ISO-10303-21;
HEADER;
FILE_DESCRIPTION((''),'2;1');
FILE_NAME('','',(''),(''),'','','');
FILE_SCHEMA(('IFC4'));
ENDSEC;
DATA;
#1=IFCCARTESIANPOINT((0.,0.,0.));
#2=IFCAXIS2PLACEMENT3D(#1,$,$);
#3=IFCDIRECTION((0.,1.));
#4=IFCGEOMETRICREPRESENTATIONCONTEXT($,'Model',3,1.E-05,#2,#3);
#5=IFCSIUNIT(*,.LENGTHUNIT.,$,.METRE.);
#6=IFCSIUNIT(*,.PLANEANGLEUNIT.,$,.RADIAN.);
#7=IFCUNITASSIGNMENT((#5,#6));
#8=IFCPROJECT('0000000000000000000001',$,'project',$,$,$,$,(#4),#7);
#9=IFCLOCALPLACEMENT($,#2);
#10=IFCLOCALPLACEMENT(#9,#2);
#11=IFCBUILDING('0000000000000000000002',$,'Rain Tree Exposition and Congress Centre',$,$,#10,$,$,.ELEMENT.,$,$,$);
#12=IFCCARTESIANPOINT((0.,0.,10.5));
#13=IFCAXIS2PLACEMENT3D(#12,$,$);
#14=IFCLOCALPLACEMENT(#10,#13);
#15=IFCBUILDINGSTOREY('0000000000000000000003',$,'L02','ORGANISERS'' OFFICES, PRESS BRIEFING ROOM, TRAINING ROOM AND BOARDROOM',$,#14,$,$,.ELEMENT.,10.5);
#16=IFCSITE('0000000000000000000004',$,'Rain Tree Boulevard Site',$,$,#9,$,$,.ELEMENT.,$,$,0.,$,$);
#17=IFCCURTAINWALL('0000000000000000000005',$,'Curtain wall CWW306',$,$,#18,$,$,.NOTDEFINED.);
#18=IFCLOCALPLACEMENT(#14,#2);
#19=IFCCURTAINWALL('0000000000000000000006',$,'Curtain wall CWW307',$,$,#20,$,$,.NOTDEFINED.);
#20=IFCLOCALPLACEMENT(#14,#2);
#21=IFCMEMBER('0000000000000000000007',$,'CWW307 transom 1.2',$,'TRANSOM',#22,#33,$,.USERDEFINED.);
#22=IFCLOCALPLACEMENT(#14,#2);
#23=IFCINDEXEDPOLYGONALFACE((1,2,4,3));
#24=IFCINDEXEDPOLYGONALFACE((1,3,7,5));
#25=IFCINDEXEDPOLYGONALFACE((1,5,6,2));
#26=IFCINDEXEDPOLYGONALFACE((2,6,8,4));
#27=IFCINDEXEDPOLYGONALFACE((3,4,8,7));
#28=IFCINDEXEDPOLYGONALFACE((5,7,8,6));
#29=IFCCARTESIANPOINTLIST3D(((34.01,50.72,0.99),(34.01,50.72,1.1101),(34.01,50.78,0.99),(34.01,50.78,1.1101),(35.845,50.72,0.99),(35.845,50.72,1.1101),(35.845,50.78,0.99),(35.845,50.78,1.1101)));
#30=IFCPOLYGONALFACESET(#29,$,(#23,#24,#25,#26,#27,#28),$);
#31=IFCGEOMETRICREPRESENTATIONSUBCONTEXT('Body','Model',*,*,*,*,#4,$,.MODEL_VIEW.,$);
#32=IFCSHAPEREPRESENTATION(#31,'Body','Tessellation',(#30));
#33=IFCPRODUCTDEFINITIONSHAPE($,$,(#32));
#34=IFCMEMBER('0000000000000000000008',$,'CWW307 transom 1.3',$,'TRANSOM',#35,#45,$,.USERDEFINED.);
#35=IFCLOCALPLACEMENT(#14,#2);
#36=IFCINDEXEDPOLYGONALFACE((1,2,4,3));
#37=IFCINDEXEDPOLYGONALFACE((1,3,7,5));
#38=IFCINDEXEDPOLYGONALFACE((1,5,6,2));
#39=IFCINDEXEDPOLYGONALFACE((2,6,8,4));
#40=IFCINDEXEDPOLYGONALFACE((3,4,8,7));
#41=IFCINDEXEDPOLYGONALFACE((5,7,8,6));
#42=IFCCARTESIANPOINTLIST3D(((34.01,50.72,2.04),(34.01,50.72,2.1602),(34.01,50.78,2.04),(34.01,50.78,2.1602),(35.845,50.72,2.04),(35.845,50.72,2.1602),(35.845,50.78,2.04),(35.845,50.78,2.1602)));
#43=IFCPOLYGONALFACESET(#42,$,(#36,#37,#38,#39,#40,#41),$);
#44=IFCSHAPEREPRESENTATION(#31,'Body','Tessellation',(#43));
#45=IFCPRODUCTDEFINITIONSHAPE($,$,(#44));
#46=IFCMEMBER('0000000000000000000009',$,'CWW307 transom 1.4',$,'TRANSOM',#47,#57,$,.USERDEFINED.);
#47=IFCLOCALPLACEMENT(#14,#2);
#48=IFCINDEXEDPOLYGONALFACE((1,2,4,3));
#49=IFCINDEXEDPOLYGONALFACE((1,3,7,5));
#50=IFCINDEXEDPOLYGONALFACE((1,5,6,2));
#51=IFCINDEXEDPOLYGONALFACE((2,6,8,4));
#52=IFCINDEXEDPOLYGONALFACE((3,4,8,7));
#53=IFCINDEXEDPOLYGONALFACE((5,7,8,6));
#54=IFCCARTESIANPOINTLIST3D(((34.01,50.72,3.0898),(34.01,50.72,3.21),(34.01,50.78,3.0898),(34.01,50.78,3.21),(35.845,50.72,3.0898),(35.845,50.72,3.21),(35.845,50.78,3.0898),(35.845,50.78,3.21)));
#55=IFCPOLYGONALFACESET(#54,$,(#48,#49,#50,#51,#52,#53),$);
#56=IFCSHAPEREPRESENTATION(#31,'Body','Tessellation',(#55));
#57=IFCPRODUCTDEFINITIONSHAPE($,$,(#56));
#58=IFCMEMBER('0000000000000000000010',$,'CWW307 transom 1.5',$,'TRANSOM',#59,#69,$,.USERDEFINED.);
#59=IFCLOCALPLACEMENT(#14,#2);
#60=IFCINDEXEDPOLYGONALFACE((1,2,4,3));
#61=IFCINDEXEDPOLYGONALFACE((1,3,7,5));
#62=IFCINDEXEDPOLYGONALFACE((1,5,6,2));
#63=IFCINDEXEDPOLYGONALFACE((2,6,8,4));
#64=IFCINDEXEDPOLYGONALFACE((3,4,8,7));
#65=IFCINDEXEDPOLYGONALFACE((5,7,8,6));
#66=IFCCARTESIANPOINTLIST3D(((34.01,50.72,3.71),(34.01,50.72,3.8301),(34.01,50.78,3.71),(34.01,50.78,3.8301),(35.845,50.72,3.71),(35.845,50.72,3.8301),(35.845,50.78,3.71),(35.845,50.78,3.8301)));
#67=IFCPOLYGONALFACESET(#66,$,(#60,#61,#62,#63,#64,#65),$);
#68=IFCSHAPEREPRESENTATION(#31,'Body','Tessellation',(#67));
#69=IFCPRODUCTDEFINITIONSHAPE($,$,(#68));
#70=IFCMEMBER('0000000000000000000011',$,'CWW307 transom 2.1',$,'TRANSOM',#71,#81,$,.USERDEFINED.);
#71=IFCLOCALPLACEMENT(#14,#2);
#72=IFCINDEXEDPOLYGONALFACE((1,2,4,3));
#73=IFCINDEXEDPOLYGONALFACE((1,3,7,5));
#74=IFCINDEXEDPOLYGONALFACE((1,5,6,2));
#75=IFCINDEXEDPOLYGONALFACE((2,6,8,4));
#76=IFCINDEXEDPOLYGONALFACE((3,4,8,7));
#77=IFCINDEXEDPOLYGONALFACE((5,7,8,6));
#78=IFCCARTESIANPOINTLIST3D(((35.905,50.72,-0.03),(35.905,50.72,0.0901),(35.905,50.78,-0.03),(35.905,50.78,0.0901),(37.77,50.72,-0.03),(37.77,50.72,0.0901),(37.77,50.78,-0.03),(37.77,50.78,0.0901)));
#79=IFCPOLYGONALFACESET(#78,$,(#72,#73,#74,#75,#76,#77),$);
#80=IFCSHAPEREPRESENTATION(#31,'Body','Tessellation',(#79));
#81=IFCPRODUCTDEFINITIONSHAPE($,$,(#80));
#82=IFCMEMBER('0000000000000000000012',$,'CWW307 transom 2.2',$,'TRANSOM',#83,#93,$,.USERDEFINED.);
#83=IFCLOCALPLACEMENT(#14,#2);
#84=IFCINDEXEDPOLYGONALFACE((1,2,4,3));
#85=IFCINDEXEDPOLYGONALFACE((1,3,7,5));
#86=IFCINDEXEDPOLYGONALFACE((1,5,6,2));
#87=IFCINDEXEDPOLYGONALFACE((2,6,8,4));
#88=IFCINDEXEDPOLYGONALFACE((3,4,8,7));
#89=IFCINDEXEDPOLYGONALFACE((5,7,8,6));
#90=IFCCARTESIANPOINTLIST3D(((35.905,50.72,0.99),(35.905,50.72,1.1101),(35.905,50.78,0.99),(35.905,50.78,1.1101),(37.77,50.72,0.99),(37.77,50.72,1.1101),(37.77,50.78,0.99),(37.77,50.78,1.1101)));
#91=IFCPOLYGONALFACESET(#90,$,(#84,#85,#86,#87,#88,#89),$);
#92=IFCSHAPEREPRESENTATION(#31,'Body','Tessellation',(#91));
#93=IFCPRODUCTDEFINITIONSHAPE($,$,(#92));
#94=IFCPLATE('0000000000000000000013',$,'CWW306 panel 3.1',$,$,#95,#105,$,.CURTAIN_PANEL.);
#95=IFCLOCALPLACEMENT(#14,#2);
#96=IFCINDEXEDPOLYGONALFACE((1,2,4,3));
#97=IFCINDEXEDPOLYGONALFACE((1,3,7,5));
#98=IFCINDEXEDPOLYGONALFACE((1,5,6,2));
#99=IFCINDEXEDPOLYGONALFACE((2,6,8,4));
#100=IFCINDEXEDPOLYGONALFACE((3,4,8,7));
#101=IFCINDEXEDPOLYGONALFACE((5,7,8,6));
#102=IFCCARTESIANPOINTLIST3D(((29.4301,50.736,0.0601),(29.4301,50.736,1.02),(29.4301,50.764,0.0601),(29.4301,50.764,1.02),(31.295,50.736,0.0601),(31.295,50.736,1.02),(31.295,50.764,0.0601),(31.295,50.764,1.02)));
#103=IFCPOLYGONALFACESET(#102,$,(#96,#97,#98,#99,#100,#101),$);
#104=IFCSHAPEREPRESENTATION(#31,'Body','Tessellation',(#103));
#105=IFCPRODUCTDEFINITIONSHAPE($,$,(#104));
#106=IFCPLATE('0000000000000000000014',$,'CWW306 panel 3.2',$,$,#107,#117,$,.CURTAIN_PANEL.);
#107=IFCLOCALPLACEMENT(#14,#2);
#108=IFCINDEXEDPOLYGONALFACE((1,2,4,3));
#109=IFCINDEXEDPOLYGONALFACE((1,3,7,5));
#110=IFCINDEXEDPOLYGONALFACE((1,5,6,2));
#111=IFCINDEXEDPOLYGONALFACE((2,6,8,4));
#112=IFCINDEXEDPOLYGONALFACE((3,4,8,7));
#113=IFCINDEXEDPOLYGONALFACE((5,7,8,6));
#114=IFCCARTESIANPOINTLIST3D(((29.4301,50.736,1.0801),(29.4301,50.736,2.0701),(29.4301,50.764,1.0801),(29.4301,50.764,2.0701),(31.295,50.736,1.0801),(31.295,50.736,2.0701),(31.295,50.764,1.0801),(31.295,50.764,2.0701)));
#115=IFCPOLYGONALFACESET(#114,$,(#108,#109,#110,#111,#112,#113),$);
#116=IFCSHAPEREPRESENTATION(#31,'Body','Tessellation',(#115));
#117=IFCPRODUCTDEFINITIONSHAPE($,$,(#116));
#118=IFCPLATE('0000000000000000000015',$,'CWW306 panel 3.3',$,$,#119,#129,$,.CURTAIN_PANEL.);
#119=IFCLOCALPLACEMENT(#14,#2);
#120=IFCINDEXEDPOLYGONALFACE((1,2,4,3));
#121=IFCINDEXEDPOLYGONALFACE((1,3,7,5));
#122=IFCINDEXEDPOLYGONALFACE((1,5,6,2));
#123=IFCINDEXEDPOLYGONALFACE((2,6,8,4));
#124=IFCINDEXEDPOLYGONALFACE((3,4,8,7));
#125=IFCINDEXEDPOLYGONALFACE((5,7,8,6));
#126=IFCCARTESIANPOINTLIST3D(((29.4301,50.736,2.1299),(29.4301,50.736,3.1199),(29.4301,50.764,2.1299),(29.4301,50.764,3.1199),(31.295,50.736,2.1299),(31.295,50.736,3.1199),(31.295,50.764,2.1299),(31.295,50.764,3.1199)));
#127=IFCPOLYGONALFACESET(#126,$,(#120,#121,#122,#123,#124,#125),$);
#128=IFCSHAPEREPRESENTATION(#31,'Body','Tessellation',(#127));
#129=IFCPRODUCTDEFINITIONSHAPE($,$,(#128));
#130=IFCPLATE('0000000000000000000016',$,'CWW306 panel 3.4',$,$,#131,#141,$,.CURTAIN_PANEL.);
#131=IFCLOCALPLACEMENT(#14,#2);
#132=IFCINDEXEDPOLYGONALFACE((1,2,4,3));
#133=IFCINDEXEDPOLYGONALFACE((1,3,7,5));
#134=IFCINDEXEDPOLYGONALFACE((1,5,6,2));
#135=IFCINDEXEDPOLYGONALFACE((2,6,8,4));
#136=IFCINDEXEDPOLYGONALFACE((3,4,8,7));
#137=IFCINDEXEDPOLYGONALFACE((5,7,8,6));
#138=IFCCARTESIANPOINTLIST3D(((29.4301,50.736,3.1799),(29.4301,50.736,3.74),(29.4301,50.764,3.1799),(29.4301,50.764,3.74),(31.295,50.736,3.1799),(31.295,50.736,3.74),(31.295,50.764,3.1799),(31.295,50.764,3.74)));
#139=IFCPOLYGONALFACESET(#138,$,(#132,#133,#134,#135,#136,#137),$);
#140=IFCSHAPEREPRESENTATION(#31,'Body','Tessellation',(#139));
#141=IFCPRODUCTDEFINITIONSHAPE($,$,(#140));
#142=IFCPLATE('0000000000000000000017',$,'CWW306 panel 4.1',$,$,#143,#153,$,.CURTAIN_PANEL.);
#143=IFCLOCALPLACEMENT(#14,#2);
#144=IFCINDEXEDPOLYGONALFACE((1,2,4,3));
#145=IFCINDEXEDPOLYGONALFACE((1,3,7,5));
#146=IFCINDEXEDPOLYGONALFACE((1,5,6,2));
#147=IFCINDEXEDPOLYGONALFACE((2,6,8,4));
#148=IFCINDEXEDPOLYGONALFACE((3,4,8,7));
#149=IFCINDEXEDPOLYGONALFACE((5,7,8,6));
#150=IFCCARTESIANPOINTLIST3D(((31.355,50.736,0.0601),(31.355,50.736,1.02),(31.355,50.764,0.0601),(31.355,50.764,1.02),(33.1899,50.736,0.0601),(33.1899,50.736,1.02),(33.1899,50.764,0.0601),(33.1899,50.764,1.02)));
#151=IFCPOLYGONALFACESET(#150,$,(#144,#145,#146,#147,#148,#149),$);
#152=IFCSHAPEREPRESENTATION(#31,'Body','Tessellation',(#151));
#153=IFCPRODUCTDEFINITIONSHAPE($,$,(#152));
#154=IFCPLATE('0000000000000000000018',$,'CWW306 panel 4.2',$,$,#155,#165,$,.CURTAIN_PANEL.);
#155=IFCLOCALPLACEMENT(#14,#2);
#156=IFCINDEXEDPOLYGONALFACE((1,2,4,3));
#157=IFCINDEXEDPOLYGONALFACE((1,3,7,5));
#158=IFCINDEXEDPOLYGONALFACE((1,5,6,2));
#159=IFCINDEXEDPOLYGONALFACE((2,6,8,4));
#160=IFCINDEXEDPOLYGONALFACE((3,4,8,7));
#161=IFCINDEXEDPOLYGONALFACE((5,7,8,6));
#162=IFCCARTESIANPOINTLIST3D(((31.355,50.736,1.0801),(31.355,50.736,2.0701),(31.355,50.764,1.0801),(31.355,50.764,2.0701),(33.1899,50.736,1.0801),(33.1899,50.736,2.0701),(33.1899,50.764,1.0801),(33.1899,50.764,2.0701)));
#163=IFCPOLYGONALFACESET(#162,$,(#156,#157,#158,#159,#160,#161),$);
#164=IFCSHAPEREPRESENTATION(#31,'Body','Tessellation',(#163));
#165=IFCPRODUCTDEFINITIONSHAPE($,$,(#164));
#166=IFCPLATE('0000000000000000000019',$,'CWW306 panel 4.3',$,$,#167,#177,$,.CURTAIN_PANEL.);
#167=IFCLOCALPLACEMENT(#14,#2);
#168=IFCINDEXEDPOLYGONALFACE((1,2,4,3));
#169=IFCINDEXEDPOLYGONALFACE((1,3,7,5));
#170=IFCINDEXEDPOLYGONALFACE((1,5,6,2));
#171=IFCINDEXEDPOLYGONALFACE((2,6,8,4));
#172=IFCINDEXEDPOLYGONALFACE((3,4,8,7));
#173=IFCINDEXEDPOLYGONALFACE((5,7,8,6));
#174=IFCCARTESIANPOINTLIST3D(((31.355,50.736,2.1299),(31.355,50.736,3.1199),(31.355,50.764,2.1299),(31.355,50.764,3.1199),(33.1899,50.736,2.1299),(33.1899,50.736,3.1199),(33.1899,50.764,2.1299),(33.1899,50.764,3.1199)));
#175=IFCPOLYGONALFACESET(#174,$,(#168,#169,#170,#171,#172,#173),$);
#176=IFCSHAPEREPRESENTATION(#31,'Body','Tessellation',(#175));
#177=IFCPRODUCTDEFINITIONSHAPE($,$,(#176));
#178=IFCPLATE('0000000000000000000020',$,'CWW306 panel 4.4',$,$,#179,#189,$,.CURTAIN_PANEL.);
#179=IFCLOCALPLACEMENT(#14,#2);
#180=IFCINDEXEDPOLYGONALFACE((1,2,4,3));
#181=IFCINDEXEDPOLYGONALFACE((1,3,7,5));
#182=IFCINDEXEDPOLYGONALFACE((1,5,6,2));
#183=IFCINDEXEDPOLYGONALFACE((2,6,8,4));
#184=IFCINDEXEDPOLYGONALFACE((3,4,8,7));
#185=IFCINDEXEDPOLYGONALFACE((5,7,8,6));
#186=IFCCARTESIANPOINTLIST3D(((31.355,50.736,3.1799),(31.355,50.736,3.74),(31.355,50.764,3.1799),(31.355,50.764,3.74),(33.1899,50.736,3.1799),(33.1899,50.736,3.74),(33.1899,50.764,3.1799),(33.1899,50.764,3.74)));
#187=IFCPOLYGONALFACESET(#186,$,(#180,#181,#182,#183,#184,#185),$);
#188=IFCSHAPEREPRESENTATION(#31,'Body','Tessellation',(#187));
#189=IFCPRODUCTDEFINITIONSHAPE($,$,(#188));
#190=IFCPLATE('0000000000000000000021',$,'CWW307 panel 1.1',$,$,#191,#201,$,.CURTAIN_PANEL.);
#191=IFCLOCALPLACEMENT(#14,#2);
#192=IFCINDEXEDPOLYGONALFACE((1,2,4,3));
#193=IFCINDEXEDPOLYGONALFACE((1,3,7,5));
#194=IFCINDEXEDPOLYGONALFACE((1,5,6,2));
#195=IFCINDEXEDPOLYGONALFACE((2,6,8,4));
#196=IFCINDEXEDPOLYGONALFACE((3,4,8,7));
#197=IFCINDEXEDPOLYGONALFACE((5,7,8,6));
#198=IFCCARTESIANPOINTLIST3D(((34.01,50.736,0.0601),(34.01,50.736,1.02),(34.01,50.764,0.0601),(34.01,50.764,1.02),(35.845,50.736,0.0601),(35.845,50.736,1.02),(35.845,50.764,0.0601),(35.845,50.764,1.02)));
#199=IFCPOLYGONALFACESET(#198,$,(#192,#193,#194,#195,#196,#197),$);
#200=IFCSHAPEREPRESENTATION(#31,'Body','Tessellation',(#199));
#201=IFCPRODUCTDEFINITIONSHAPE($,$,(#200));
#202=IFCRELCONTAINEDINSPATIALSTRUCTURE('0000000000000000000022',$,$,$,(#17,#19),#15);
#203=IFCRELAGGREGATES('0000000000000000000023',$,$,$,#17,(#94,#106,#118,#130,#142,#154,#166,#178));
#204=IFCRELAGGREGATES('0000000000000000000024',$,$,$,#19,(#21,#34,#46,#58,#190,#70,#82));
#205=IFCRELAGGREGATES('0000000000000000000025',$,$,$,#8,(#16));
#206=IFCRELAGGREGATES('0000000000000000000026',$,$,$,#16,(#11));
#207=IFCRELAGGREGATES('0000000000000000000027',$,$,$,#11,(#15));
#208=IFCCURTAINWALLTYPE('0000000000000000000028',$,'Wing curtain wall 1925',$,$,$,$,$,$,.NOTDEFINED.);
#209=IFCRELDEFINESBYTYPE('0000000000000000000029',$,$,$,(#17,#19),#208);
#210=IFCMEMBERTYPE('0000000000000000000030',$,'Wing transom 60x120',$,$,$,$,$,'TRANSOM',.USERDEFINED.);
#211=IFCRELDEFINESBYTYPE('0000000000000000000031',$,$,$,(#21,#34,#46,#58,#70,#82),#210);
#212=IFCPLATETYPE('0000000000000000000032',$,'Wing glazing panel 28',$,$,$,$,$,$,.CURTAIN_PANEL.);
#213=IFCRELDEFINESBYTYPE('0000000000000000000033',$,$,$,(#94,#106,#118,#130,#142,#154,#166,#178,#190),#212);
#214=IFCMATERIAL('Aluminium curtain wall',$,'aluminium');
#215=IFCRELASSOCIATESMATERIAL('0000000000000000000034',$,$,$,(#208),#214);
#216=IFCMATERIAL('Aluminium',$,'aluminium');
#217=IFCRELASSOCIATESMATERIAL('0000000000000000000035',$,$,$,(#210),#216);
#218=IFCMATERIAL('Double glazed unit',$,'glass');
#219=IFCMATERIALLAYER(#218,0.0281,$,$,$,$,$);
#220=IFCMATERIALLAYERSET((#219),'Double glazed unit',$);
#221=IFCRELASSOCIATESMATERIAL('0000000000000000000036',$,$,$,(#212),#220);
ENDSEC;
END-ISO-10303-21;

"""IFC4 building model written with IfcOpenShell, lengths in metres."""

from ifc_helpers import new_model, si_unit, direction, frame, origin, origin_2d, place, context, subcontext, project, spatial, rectangle, extrude, material, layer, layer_set, material_profile, profile_set, type_object, element, aggregate, save


model = new_model("IFC4")

# Units and contexts
model_context = context("Model", 3, precision=1e-05, world=origin(), true_north=direction((0.0, 1.0)))
body_context = subcontext(model_context, "Body", "Model", "MODEL_VIEW")
ifc_project = project(units=[si_unit("LENGTHUNIT", "METRE"), si_unit("PLANEANGLEUNIT", "RADIAN")], contexts=[model_context])

# Site, building, storey
site_placement = place(None, origin())
site = spatial("IfcSite", under=ifc_project, at=site_placement, Name="Rain Tree Boulevard Site", CompositionType="ELEMENT", RefElevation=0.0)
building_placement = place(site_placement, origin())
building = spatial("IfcBuilding", under=site, at=building_placement, Name="Rain Tree Exposition and Congress Centre", CompositionType="ELEMENT")
storey_placement = place(building_placement, frame((0.0, 0.0, 10.5)))
storey = spatial("IfcBuildingStorey", under=building, at=storey_placement, Name="L02", Description="ORGANISERS' OFFICES, PRESS BRIEFING ROOM, TRAINING ROOM AND BOARDROOM", CompositionType="ELEMENT", Elevation=10.5)

# Curtain walls
ifc_material_1 = material(Name="Aluminium curtain wall", Category="aluminium")
curtain_wall_type = type_object("IfcCurtainWallType", Name="Wing curtain wall 1925", PredefinedType="NOTDEFINED", material=ifc_material_1)
curtain_wall_1_placement = place(storey_placement, origin())
curtain_wall_1 = element("IfcCurtainWall", 1, at=curtain_wall_1_placement, inside=storey, type_object=curtain_wall_type, Name="Curtain wall CWW306", PredefinedType="NOTDEFINED")
curtain_wall_2_placement = place(storey_placement, origin())
curtain_wall_2 = element("IfcCurtainWall", 2, at=curtain_wall_2_placement, inside=storey, type_object=curtain_wall_type, Name="Curtain wall CWW307", PredefinedType="NOTDEFINED")

# Members
ifc_material_2 = material(Name="Aluminium", Category="aluminium")
ifc_material_profile_1 = material_profile(ifc_material_2, rectangle(XDim=0.0601, YDim=0.1201, at=origin_2d()), Name="Aluminium 60x120")
ifc_profile_set_1 = profile_set([ifc_material_profile_1], Name="Aluminium")
member_type_1 = type_object("IfcMemberType", Name="Wing transom 60x120", ElementType="TRANSOM", PredefinedType="USERDEFINED", material=ifc_profile_set_1)
member_1_placement = place(storey_placement, frame((34.01, 50.75, 1.05), z_axis=(1.0, 0.0, 0.0), x_axis=(0.0, 1.0, 0.0)))
member_1 = element("IfcMember", 3, at=member_1_placement, type_object=member_type_1, Name="CWW307 transom 1.2", ObjectType="TRANSOM", PredefinedType="USERDEFINED", context=body_context, shape_type="SweptSolid", body=[
    extrude(rectangle(XDim=0.0601, YDim=0.1201, at=origin_2d()), origin(), (0.0, 0.0, 1.0), 1.835),
])
member_2_placement = place(storey_placement, frame((34.01, 50.75, 2.1001), z_axis=(1.0, 0.0, 0.0), x_axis=(0.0, 1.0, 0.0)))
member_2 = element("IfcMember", 4, at=member_2_placement, type_object=member_type_1, Name="CWW307 transom 1.3", ObjectType="TRANSOM", PredefinedType="USERDEFINED", context=body_context, shape_type="SweptSolid", body=[
    extrude(rectangle(XDim=0.0601, YDim=0.1201, at=origin_2d()), origin(), (0.0, 0.0, 1.0), 1.835),
])
member_3_placement = place(storey_placement, frame((34.01, 50.75, 3.1499), z_axis=(1.0, 0.0, 0.0), x_axis=(0.0, 1.0, 0.0)))
member_3 = element("IfcMember", 5, at=member_3_placement, type_object=member_type_1, Name="CWW307 transom 1.4", ObjectType="TRANSOM", PredefinedType="USERDEFINED", context=body_context, shape_type="SweptSolid", body=[
    extrude(rectangle(XDim=0.0601, YDim=0.1201, at=origin_2d()), origin(), (0.0, 0.0, 1.0), 1.835),
])
member_4_placement = place(storey_placement, frame((34.01, 50.75, 3.77), z_axis=(1.0, 0.0, 0.0), x_axis=(0.0, 1.0, 0.0)))
member_4 = element("IfcMember", 6, at=member_4_placement, type_object=member_type_1, Name="CWW307 transom 1.5", ObjectType="TRANSOM", PredefinedType="USERDEFINED", context=body_context, shape_type="SweptSolid", body=[
    extrude(rectangle(XDim=0.0601, YDim=0.1201, at=origin_2d()), origin(), (0.0, 0.0, 1.0), 1.835),
])
member_5_placement = place(storey_placement, frame((35.905, 50.75, 0.03), z_axis=(1.0, 0.0, 0.0), x_axis=(0.0, 1.0, 0.0)))
member_5 = element("IfcMember", 7, at=member_5_placement, type_object=member_type_1, Name="CWW307 transom 2.1", ObjectType="TRANSOM", PredefinedType="USERDEFINED", context=body_context, shape_type="SweptSolid", body=[
    extrude(rectangle(XDim=0.0601, YDim=0.1201, at=origin_2d()), origin(), (0.0, 0.0, 1.0), 1.865),
])
member_6_placement = place(storey_placement, frame((35.905, 50.75, 1.05), z_axis=(1.0, 0.0, 0.0), x_axis=(0.0, 1.0, 0.0)))
member_6 = element("IfcMember", 8, at=member_6_placement, type_object=member_type_1, Name="CWW307 transom 2.2", ObjectType="TRANSOM", PredefinedType="USERDEFINED", context=body_context, shape_type="SweptSolid", body=[
    extrude(rectangle(XDim=0.0601, YDim=0.1201, at=origin_2d()), origin(), (0.0, 0.0, 1.0), 1.865),
])

# Plates
ifc_material_3 = material(Name="Double glazed unit", Category="glass")
ifc_layer = layer(ifc_material_3, 0.0281)
ifc_layer_set = layer_set([ifc_layer], Name="Double glazed unit")
plate_type = type_object("IfcPlateType", Name="Wing glazing panel 28", PredefinedType="CURTAIN_PANEL", material=ifc_layer_set)
plate_1_placement = place(storey_placement, frame((30.3625, 50.75, 0.0601), z_axis=(0.0, 0.0, 1.0), x_axis=(1.0, 0.0, 0.0)))
plate_1 = element("IfcPlate", 9, at=plate_1_placement, type_object=plate_type, Name="CWW306 panel 3.1", PredefinedType="CURTAIN_PANEL", context=body_context, shape_type="SweptSolid", body=[
    extrude(rectangle(XDim=1.865, YDim=0.0281, at=origin_2d()), origin(), (0.0, 0.0, 1.0), 0.96),
])
plate_2_placement = place(storey_placement, frame((30.3625, 50.75, 1.0801), z_axis=(0.0, 0.0, 1.0), x_axis=(1.0, 0.0, 0.0)))
plate_2 = element("IfcPlate", 10, at=plate_2_placement, type_object=plate_type, Name="CWW306 panel 3.2", PredefinedType="CURTAIN_PANEL", context=body_context, shape_type="SweptSolid", body=[
    extrude(rectangle(XDim=1.865, YDim=0.0281, at=origin_2d()), origin(), (0.0, 0.0, 1.0), 0.99),
])
plate_3_placement = place(storey_placement, frame((30.3625, 50.75, 2.1299), z_axis=(0.0, 0.0, 1.0), x_axis=(1.0, 0.0, 0.0)))
plate_3 = element("IfcPlate", 11, at=plate_3_placement, type_object=plate_type, Name="CWW306 panel 3.3", PredefinedType="CURTAIN_PANEL", context=body_context, shape_type="SweptSolid", body=[
    extrude(rectangle(XDim=1.865, YDim=0.0281, at=origin_2d()), origin(), (0.0, 0.0, 1.0), 0.99),
])
plate_4_placement = place(storey_placement, frame((30.3625, 50.75, 3.1799), z_axis=(0.0, 0.0, 1.0), x_axis=(1.0, 0.0, 0.0)))
plate_4 = element("IfcPlate", 12, at=plate_4_placement, type_object=plate_type, Name="CWW306 panel 3.4", PredefinedType="CURTAIN_PANEL", context=body_context, shape_type="SweptSolid", body=[
    extrude(rectangle(XDim=1.865, YDim=0.0281, at=origin_2d()), origin(), (0.0, 0.0, 1.0), 0.5601),
])
plate_5_placement = place(storey_placement, frame((32.2725, 50.75, 0.0601), z_axis=(0.0, 0.0, 1.0), x_axis=(1.0, 0.0, 0.0)))
plate_5 = element("IfcPlate", 13, at=plate_5_placement, type_object=plate_type, Name="CWW306 panel 4.1", PredefinedType="CURTAIN_PANEL", context=body_context, shape_type="SweptSolid", body=[
    extrude(rectangle(XDim=1.835, YDim=0.0281, at=origin_2d()), origin(), (0.0, 0.0, 1.0), 0.96),
])
plate_6_placement = place(storey_placement, frame((32.2725, 50.75, 1.0801), z_axis=(0.0, 0.0, 1.0), x_axis=(1.0, 0.0, 0.0)))
plate_6 = element("IfcPlate", 14, at=plate_6_placement, type_object=plate_type, Name="CWW306 panel 4.2", PredefinedType="CURTAIN_PANEL", context=body_context, shape_type="SweptSolid", body=[
    extrude(rectangle(XDim=1.835, YDim=0.0281, at=origin_2d()), origin(), (0.0, 0.0, 1.0), 0.99),
])
plate_7_placement = place(storey_placement, frame((32.2725, 50.75, 2.1299), z_axis=(0.0, 0.0, 1.0), x_axis=(1.0, 0.0, 0.0)))
plate_7 = element("IfcPlate", 15, at=plate_7_placement, type_object=plate_type, Name="CWW306 panel 4.3", PredefinedType="CURTAIN_PANEL", context=body_context, shape_type="SweptSolid", body=[
    extrude(rectangle(XDim=1.835, YDim=0.0281, at=origin_2d()), origin(), (0.0, 0.0, 1.0), 0.99),
])
plate_8_placement = place(storey_placement, frame((32.2725, 50.75, 3.1799), z_axis=(0.0, 0.0, 1.0), x_axis=(1.0, 0.0, 0.0)))
plate_8 = element("IfcPlate", 16, at=plate_8_placement, type_object=plate_type, Name="CWW306 panel 4.4", PredefinedType="CURTAIN_PANEL", context=body_context, shape_type="SweptSolid", body=[
    extrude(rectangle(XDim=1.835, YDim=0.0281, at=origin_2d()), origin(), (0.0, 0.0, 1.0), 0.5601),
])
aggregate(curtain_wall_1, [plate_1, plate_2, plate_3, plate_4, plate_5, plate_6, plate_7, plate_8])
plate_9_placement = place(storey_placement, frame((34.9275, 50.75, 0.0601), z_axis=(0.0, 0.0, 1.0), x_axis=(1.0, 0.0, 0.0)))
plate_9 = element("IfcPlate", 17, at=plate_9_placement, type_object=plate_type, Name="CWW307 panel 1.1", PredefinedType="CURTAIN_PANEL", context=body_context, shape_type="SweptSolid", body=[
    extrude(rectangle(XDim=1.835, YDim=0.0281, at=origin_2d()), origin(), (0.0, 0.0, 1.0), 0.96),
])
aggregate(curtain_wall_2, [member_1, member_2, member_3, member_4, plate_9, member_5, member_6])

save(model, "model.ifc")
